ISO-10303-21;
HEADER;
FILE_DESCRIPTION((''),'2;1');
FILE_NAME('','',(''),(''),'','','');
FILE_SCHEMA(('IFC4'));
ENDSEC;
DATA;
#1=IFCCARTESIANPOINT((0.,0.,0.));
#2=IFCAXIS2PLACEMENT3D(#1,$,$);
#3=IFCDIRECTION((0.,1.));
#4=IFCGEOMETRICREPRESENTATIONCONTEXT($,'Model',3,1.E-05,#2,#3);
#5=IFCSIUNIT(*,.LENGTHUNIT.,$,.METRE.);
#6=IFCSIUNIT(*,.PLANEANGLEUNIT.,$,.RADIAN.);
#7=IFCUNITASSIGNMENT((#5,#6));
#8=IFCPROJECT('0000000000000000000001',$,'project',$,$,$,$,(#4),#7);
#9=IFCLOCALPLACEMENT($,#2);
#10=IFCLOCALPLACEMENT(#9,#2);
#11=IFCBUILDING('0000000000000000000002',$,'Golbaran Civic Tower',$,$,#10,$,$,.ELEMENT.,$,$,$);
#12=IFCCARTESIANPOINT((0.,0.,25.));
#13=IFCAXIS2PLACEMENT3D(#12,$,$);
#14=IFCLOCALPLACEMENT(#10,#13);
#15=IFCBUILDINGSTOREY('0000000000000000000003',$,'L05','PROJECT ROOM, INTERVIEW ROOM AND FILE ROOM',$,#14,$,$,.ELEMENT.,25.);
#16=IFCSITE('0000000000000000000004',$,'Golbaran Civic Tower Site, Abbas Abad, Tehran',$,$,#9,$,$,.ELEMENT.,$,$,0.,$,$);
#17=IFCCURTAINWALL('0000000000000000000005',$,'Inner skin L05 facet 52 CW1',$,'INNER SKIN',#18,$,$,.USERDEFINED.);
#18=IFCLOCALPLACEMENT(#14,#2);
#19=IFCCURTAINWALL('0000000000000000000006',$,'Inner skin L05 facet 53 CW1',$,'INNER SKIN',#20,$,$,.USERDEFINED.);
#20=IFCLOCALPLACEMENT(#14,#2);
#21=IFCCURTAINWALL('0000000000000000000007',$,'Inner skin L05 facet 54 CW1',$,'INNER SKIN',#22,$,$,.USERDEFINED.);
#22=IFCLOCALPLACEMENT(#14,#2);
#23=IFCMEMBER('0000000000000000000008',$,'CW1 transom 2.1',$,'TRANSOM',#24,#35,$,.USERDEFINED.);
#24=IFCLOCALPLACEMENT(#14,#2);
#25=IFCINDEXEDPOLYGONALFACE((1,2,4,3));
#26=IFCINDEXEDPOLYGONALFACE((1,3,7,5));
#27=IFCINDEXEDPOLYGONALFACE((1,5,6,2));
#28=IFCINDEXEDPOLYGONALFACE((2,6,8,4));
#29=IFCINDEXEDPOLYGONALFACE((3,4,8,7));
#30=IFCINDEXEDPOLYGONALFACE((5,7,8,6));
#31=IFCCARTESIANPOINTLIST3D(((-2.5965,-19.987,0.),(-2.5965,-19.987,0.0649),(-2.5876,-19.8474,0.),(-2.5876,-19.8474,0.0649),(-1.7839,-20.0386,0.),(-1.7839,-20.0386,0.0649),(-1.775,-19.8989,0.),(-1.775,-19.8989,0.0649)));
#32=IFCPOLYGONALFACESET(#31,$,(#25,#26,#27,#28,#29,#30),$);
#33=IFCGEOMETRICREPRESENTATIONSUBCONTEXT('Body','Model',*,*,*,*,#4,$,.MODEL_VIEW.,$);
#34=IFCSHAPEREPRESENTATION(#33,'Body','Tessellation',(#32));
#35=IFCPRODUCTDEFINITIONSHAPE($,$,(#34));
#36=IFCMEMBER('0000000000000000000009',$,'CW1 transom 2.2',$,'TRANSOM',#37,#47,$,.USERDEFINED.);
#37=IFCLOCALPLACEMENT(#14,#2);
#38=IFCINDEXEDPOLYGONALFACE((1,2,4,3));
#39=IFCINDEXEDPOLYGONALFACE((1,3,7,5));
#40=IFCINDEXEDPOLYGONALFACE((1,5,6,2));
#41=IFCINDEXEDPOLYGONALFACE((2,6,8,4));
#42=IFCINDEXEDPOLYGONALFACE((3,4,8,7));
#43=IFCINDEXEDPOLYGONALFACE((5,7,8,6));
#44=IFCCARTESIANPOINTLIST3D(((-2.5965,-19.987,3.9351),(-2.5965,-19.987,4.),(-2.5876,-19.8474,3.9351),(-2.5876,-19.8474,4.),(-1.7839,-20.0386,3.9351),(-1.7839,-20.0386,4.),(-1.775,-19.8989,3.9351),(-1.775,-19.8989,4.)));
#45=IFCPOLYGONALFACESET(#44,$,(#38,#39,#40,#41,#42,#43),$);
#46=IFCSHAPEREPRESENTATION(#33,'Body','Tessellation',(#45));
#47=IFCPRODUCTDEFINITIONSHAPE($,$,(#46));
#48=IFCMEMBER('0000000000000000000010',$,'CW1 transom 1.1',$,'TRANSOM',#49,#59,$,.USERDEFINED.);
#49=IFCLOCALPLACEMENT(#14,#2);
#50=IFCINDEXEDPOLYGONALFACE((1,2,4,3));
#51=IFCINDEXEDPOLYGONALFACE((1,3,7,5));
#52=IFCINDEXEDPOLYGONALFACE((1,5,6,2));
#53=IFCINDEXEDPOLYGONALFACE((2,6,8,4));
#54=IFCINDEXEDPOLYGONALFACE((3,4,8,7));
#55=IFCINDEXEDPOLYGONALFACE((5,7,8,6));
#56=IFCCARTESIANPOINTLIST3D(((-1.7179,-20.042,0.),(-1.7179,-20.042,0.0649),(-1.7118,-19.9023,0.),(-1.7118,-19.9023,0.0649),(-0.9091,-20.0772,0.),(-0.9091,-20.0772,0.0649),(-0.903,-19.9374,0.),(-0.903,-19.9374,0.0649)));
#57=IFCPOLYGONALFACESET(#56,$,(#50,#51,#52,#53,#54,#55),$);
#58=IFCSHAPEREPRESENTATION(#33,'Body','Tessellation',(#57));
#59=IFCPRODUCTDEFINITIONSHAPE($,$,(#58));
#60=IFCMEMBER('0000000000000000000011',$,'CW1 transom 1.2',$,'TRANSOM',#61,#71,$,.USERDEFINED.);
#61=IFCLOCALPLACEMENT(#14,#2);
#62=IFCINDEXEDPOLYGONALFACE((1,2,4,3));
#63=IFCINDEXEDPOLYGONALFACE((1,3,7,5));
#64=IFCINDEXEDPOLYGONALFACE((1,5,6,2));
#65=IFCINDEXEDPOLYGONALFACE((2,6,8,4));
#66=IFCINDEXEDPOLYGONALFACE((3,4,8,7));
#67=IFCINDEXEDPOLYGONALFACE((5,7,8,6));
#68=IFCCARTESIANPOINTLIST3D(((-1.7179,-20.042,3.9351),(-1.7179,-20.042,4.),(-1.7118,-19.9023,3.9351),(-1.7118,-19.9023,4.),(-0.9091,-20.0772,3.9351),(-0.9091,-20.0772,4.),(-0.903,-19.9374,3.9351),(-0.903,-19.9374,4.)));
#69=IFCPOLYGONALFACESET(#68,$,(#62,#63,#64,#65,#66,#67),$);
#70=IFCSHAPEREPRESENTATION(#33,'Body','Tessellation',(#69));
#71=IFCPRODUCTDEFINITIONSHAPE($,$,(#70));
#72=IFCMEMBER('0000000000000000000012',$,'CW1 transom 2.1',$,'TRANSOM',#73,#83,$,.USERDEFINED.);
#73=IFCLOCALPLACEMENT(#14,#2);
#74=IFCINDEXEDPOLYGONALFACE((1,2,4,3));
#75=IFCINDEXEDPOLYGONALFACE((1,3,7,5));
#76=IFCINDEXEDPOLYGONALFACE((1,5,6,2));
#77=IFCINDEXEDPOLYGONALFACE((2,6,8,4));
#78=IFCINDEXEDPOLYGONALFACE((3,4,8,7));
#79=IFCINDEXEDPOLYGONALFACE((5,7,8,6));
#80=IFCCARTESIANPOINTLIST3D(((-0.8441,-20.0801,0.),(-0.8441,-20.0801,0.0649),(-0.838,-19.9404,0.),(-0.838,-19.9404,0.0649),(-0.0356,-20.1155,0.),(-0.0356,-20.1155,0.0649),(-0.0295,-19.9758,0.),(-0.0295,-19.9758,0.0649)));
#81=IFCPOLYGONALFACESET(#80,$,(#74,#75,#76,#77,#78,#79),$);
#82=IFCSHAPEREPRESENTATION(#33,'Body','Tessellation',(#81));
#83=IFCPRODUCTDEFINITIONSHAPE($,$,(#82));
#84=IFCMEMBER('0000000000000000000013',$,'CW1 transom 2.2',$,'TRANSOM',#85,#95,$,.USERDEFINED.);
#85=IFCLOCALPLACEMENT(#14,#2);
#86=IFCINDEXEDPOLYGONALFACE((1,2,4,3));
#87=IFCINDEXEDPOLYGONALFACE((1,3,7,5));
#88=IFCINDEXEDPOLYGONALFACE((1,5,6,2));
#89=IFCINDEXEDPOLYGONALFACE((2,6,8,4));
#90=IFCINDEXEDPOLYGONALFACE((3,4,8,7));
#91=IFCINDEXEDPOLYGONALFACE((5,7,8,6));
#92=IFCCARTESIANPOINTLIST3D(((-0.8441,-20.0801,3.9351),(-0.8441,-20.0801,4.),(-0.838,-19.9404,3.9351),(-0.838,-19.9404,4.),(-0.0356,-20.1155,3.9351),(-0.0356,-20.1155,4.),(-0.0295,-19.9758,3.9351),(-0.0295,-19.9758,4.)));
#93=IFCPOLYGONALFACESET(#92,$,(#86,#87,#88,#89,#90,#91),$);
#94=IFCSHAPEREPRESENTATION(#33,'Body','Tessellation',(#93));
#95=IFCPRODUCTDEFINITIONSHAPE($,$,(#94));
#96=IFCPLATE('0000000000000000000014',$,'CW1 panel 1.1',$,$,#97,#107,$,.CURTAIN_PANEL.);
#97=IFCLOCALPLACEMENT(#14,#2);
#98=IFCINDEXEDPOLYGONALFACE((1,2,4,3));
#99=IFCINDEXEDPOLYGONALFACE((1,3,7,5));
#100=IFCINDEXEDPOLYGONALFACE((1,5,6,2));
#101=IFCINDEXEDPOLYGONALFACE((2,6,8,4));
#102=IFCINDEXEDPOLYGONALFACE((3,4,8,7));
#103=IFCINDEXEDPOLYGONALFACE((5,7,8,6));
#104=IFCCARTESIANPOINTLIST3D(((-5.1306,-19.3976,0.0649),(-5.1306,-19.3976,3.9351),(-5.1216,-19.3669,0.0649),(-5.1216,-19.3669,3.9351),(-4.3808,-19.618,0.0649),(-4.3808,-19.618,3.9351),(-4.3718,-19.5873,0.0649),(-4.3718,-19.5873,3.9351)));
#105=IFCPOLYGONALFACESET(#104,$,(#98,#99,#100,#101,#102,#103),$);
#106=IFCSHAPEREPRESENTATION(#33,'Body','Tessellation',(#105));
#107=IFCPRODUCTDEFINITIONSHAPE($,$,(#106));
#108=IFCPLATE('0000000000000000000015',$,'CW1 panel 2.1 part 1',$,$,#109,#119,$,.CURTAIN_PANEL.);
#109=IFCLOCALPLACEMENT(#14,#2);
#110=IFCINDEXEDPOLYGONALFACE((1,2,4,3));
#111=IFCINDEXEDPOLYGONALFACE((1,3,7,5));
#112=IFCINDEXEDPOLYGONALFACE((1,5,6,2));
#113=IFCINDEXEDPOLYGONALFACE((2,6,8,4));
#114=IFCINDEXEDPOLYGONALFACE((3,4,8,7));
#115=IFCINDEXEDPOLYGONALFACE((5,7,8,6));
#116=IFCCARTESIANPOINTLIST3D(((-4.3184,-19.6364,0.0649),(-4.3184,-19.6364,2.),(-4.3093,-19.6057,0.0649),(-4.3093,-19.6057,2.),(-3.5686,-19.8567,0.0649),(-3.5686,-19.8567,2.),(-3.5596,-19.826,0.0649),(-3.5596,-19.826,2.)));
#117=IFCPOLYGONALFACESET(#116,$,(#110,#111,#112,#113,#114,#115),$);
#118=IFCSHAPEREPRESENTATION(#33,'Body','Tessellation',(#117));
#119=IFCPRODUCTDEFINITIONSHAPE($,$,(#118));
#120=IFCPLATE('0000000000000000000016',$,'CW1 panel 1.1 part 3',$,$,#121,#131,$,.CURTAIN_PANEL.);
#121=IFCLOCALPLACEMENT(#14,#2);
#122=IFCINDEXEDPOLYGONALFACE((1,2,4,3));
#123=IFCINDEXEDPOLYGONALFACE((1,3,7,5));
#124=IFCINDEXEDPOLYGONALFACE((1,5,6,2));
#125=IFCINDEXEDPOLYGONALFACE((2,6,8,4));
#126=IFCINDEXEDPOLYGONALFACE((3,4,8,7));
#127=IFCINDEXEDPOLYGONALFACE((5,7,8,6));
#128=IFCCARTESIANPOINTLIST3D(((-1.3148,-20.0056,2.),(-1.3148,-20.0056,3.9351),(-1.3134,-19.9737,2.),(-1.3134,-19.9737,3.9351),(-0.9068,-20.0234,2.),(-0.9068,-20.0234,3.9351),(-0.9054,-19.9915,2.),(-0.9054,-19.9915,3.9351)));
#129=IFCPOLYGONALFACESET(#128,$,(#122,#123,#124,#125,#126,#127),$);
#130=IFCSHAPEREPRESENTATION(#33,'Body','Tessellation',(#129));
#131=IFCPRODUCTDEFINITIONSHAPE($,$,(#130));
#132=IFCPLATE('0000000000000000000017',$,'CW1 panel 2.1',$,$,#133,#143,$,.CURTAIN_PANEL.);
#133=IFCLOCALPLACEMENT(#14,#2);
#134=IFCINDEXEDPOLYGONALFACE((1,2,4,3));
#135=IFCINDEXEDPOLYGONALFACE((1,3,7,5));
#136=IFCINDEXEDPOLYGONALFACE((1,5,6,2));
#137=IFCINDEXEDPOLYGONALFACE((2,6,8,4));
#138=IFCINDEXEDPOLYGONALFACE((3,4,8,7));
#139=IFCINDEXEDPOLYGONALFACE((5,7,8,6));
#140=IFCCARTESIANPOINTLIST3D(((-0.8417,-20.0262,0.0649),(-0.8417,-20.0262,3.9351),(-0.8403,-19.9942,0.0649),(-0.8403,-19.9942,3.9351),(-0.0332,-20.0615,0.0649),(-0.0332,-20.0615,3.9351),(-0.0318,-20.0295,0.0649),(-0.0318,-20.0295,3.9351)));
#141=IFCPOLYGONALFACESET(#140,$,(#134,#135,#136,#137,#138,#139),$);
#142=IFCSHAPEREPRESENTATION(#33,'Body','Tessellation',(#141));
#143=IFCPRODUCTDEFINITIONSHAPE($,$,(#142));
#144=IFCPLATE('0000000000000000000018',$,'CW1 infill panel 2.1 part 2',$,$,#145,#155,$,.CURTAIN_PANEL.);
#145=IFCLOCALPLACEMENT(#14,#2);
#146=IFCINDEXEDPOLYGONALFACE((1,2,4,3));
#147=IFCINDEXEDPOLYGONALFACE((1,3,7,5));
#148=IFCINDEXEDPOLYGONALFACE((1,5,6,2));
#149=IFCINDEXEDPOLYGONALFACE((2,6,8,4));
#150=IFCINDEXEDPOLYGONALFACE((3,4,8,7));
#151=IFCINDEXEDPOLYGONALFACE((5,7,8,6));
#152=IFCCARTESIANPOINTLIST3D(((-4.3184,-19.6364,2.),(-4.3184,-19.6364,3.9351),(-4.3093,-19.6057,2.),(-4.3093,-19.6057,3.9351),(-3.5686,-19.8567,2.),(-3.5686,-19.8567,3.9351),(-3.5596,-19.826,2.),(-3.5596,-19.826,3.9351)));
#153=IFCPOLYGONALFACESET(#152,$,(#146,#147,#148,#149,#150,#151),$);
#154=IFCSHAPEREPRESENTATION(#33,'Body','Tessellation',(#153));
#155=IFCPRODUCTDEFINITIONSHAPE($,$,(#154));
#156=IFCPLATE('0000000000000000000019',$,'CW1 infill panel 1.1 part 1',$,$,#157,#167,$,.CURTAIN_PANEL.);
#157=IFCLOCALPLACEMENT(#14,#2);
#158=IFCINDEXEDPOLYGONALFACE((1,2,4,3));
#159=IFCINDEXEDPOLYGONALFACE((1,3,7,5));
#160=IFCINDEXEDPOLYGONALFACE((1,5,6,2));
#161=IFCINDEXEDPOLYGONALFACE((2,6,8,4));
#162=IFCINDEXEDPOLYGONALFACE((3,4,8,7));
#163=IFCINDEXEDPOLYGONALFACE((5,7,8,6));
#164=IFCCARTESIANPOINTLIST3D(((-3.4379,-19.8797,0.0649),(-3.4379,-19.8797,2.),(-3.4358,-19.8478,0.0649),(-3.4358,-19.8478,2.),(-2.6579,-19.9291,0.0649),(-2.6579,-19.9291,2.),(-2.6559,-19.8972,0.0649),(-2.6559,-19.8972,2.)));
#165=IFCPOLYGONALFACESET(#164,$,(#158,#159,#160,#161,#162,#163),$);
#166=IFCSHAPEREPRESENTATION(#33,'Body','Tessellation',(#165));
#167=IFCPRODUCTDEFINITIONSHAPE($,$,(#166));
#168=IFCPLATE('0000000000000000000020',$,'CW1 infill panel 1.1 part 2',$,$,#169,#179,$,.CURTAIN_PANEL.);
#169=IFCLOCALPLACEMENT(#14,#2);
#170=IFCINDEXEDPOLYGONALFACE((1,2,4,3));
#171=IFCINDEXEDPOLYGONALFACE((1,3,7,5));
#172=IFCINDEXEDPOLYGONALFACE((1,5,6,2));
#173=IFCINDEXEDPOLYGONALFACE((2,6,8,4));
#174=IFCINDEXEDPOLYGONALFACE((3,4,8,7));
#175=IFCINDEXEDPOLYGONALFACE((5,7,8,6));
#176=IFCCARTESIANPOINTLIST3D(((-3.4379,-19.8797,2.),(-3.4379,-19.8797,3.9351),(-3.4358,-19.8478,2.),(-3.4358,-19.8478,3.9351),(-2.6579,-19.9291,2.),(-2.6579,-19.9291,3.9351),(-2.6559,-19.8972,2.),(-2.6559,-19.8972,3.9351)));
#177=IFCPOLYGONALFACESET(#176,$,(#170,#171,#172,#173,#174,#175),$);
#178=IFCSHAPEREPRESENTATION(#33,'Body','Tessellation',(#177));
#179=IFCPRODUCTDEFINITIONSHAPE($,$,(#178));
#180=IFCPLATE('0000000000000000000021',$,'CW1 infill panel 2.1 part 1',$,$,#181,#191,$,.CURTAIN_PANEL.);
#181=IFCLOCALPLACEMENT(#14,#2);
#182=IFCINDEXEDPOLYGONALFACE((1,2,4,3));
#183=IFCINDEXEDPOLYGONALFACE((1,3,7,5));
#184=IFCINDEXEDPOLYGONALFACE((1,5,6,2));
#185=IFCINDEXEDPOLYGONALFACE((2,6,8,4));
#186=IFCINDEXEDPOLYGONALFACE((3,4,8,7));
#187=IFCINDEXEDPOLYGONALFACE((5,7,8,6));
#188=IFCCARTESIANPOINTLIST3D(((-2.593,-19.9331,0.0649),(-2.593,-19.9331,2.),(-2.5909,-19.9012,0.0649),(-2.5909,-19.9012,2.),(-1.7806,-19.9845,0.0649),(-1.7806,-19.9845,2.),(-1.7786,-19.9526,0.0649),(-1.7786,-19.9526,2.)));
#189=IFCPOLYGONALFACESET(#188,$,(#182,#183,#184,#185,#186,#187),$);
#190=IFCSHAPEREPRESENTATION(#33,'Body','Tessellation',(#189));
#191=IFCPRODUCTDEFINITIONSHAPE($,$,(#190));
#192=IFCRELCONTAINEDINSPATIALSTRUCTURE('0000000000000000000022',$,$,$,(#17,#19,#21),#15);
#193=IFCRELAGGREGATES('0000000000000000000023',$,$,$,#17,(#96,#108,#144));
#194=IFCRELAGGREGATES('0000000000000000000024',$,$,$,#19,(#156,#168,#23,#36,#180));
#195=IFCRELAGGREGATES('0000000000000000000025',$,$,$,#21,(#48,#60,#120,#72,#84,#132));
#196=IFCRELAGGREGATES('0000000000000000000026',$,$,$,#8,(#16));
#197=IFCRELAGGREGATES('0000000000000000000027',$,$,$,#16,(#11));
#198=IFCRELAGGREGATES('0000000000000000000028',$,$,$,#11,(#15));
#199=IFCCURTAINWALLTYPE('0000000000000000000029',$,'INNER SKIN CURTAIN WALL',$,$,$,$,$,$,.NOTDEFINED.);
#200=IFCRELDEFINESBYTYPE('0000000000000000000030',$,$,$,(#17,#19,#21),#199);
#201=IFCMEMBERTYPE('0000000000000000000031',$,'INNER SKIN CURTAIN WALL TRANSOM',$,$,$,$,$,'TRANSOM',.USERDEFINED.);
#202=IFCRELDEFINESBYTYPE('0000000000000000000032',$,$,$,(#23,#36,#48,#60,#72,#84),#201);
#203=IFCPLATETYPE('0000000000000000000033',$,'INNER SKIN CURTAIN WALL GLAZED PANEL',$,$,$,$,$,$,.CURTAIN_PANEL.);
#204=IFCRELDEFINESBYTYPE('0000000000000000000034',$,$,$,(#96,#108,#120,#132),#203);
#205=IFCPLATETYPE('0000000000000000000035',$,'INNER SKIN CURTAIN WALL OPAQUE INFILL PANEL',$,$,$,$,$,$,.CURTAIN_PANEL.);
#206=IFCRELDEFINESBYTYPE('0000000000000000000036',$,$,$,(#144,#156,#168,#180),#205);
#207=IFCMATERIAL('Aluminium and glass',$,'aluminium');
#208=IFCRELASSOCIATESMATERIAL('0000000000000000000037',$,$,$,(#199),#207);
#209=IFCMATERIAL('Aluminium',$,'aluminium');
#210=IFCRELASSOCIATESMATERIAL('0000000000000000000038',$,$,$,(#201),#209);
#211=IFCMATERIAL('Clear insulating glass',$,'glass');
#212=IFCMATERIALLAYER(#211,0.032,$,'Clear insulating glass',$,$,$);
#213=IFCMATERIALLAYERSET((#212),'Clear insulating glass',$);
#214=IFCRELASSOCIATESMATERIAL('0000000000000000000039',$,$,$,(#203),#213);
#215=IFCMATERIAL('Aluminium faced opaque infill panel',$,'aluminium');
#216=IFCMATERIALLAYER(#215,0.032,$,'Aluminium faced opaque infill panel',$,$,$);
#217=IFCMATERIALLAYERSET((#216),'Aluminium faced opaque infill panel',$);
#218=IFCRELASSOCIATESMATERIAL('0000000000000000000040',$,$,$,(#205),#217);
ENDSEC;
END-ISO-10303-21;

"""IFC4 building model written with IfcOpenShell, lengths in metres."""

from ifc_helpers import new_model, si_unit, direction, frame, origin, origin_2d, place, context, subcontext, project, spatial, rectangle, extrude, material, layer, layer_set, material_profile, profile_set, type_object, element, aggregate, save


model = new_model("IFC4")

# Units and contexts
model_context = context("Model", 3, precision=1e-05, world=origin(), true_north=direction((0.0, 1.0)))
body_context = subcontext(model_context, "Body", "Model", "MODEL_VIEW")
ifc_project = project(units=[si_unit("LENGTHUNIT", "METRE"), si_unit("PLANEANGLEUNIT", "RADIAN")], contexts=[model_context])

# Site, building, storey
site_placement = place(None, origin())
site = spatial("IfcSite", under=ifc_project, at=site_placement, Name="Golbaran Civic Tower Site, Abbas Abad, Tehran", CompositionType="ELEMENT", RefElevation=0.0)
building_placement = place(site_placement, origin())
building = spatial("IfcBuilding", under=site, at=building_placement, Name="Golbaran Civic Tower", CompositionType="ELEMENT")
storey_placement = place(building_placement, frame((0.0, 0.0, 25.0)))
storey = spatial("IfcBuildingStorey", under=building, at=storey_placement, Name="L05", Description="PROJECT ROOM, INTERVIEW ROOM AND FILE ROOM", CompositionType="ELEMENT", Elevation=25.0)

# Curtain walls
ifc_material_1 = material(Name="Aluminium and glass", Category="aluminium")
curtain_wall_type = type_object("IfcCurtainWallType", Name="INNER SKIN CURTAIN WALL", PredefinedType="NOTDEFINED", material=ifc_material_1)
curtain_wall_1_placement = place(storey_placement, origin())
curtain_wall_1 = element("IfcCurtainWall", 1, at=curtain_wall_1_placement, inside=storey, type_object=curtain_wall_type, Name="Inner skin L05 facet 52 CW1", ObjectType="INNER SKIN", PredefinedType="USERDEFINED")
ifc_material_2 = material(Name="Aluminium", Category="aluminium")
curtain_wall_2_placement = place(storey_placement, origin())
curtain_wall_2 = element("IfcCurtainWall", 2, at=curtain_wall_2_placement, inside=storey, type_object=curtain_wall_type, Name="Inner skin L05 facet 53 CW1", ObjectType="INNER SKIN", PredefinedType="USERDEFINED")
curtain_wall_3_placement = place(storey_placement, origin())
curtain_wall_3 = element("IfcCurtainWall", 3, at=curtain_wall_3_placement, inside=storey, type_object=curtain_wall_type, Name="Inner skin L05 facet 54 CW1", ObjectType="INNER SKIN", PredefinedType="USERDEFINED")

# Members
ifc_material_profile_1 = material_profile(ifc_material_2, rectangle(XDim=0.1399, YDim=0.0649, at=origin_2d()), Name="INNER SKIN CURTAIN WALL TRANSOM")
ifc_profile_set_1 = profile_set([ifc_material_profile_1], Name="Aluminium")
member_type_1 = type_object("IfcMemberType", Name="INNER SKIN CURTAIN WALL TRANSOM", ElementType="TRANSOM", PredefinedType="USERDEFINED", material=ifc_profile_set_1)
member_1_placement = place(storey_placement, frame((-2.592, -19.9172, 0.0325), z_axis=(0.997996, -0.063274, 0.0), x_axis=(0.063274, 0.997996, 0.0)))
member_1 = element("IfcMember", 4, at=member_1_placement, type_object=member_type_1, Name="CW1 transom 2.1", ObjectType="TRANSOM", PredefinedType="USERDEFINED", context=body_context, shape_type="SweptSolid", body=[
    extrude(rectangle(XDim=0.1399, YDim=0.0649, at=origin_2d()), origin(), (0.0, 0.0, 1.0), 0.8142),
])
member_2_placement = place(storey_placement, frame((-2.592, -19.9172, 3.9675), z_axis=(0.997996, -0.063274, 0.0), x_axis=(0.063274, 0.997996, 0.0)))
member_2 = element("IfcMember", 5, at=member_2_placement, type_object=member_type_1, Name="CW1 transom 2.2", ObjectType="TRANSOM", PredefinedType="USERDEFINED", context=body_context, shape_type="SweptSolid", body=[
    extrude(rectangle(XDim=0.1399, YDim=0.0649, at=origin_2d()), origin(), (0.0, 0.0, 1.0), 0.8142),
])
member_3_placement = place(storey_placement, frame((-1.7148, -19.9722, 0.0325), z_axis=(0.999057, -0.043424, 0.0), x_axis=(0.043424, 0.999057, 0.0)))
member_3 = element("IfcMember", 6, at=member_3_placement, type_object=member_type_1, Name="CW1 transom 1.1", ObjectType="TRANSOM", PredefinedType="USERDEFINED", context=body_context, shape_type="SweptSolid", body=[
    extrude(rectangle(XDim=0.1399, YDim=0.0649, at=origin_2d()), origin(), (0.0, 0.0, 1.0), 0.8096),
])
member_4_placement = place(storey_placement, frame((-1.7148, -19.9722, 3.9675), z_axis=(0.999057, -0.043424, 0.0), x_axis=(0.043424, 0.999057, 0.0)))
member_4 = element("IfcMember", 7, at=member_4_placement, type_object=member_type_1, Name="CW1 transom 1.2", ObjectType="TRANSOM", PredefinedType="USERDEFINED", context=body_context, shape_type="SweptSolid", body=[
    extrude(rectangle(XDim=0.1399, YDim=0.0649, at=origin_2d()), origin(), (0.0, 0.0, 1.0), 0.8096),
])
member_5_placement = place(storey_placement, frame((-0.8411, -20.0103, 0.0325), z_axis=(0.999043, -0.043738, 0.0), x_axis=(0.043738, 0.999043, 0.0)))
member_5 = element("IfcMember", 8, at=member_5_placement, type_object=member_type_1, Name="CW1 transom 2.1", ObjectType="TRANSOM", PredefinedType="USERDEFINED", context=body_context, shape_type="SweptSolid", body=[
    extrude(rectangle(XDim=0.1399, YDim=0.0649, at=origin_2d()), origin(), (0.0, 0.0, 1.0), 0.8093),
])
member_6_placement = place(storey_placement, frame((-0.8411, -20.0103, 3.9675), z_axis=(0.999043, -0.043738, 0.0), x_axis=(0.043738, 0.999043, 0.0)))
member_6 = element("IfcMember", 9, at=member_6_placement, type_object=member_type_1, Name="CW1 transom 2.2", ObjectType="TRANSOM", PredefinedType="USERDEFINED", context=body_context, shape_type="SweptSolid", body=[
    extrude(rectangle(XDim=0.1399, YDim=0.0649, at=origin_2d()), origin(), (0.0, 0.0, 1.0), 0.8093),
])

# Plates
ifc_material_3 = material(Name="Clear insulating glass", Category="glass")
ifc_layer_1 = layer(ifc_material_3, 0.032, Name="Clear insulating glass")
ifc_layer_set_1 = layer_set([ifc_layer_1], Name="Clear insulating glass")
plate_type_1 = type_object("IfcPlateType", Name="INNER SKIN CURTAIN WALL GLAZED PANEL", PredefinedType="CURTAIN_PANEL", material=ifc_layer_set_1)
plate_1_placement = place(storey_placement, frame((-4.7512, -19.4924, 0.0649), z_axis=(0.0, 0.0, 1.0), x_axis=(0.959425, -0.281964, 0.0)))
plate_1 = element("IfcPlate", 10, at=plate_1_placement, type_object=plate_type_1, Name="CW1 panel 1.1", PredefinedType="CURTAIN_PANEL", context=body_context, shape_type="SweptSolid", body=[
    extrude(rectangle(XDim=0.7815, YDim=0.032, at=origin_2d()), origin(), (0.0, 0.0, 1.0), 3.8701),
])
plate_2_placement = place(storey_placement, frame((-3.939, -19.7312, 0.0649), z_axis=(0.0, 0.0, 1.0), x_axis=(0.959425, -0.281964, 0.0)))
plate_2 = element("IfcPlate", 11, at=plate_2_placement, type_object=plate_type_1, Name="CW1 panel 2.1 part 1", PredefinedType="CURTAIN_PANEL", context=body_context, shape_type="SweptSolid", body=[
    extrude(rectangle(XDim=0.7815, YDim=0.032, at=origin_2d()), origin(), (0.0, 0.0, 1.0), 1.9351),
])
plate_3_placement = place(storey_placement, frame((-1.1101, -19.9985, 2.0), z_axis=(0.0, 0.0, 1.0), x_axis=(0.999048, -0.043619, 0.0)))
plate_3 = element("IfcPlate", 12, at=plate_3_placement, type_object=plate_type_1, Name="CW1 panel 1.1 part 3", PredefinedType="CURTAIN_PANEL", context=body_context, shape_type="SweptSolid", body=[
    extrude(rectangle(XDim=0.4084, YDim=0.032, at=origin_2d()), origin(), (0.0, 0.0, 1.0), 1.9351),
])
plate_4_placement = place(storey_placement, frame((-0.4368, -20.0278, 0.0649), z_axis=(0.0, 0.0, 1.0), x_axis=(0.999048, -0.043619, 0.0)))
plate_4 = element("IfcPlate", 13, at=plate_4_placement, type_object=plate_type_1, Name="CW1 panel 2.1", PredefinedType="CURTAIN_PANEL", context=body_context, shape_type="SweptSolid", body=[
    extrude(rectangle(XDim=0.8093, YDim=0.032, at=origin_2d()), origin(), (0.0, 0.0, 1.0), 3.8701),
])
ifc_material_4 = material(Name="Aluminium faced opaque infill panel", Category="aluminium")
ifc_layer_2 = layer(ifc_material_4, 0.032, Name="Aluminium faced opaque infill panel")
ifc_layer_set_2 = layer_set([ifc_layer_2], Name="Aluminium faced opaque infill panel")
plate_type_2 = type_object("IfcPlateType", Name="INNER SKIN CURTAIN WALL OPAQUE INFILL PANEL", PredefinedType="CURTAIN_PANEL", material=ifc_layer_set_2)
plate_5_placement = place(storey_placement, frame((-3.939, -19.7312, 2.0), z_axis=(0.0, 0.0, 1.0), x_axis=(0.959425, -0.281964, 0.0)))
plate_5 = element("IfcPlate", 14, at=plate_5_placement, type_object=plate_type_2, Name="CW1 infill panel 2.1 part 2", PredefinedType="CURTAIN_PANEL", context=body_context, shape_type="SweptSolid", body=[
    extrude(rectangle(XDim=0.7815, YDim=0.032, at=origin_2d()), origin(), (0.0, 0.0, 1.0), 1.9351),
])
aggregate(curtain_wall_1, [plate_1, plate_2, plate_5])
plate_6_placement = place(storey_placement, frame((-3.0469, -19.8884, 0.0649), z_axis=(0.0, 0.0, 1.0), x_axis=(0.998002, -0.063183, 0.0)))
plate_6 = element("IfcPlate", 15, at=plate_6_placement, type_object=plate_type_2, Name="CW1 infill panel 1.1 part 1", PredefinedType="CURTAIN_PANEL", context=body_context, shape_type="SweptSolid", body=[
    extrude(rectangle(XDim=0.7815, YDim=0.032, at=origin_2d()), origin(), (0.0, 0.0, 1.0), 1.9351),
])
plate_7_placement = place(storey_placement, frame((-3.0469, -19.8884, 2.0), z_axis=(0.0, 0.0, 1.0), x_axis=(0.998002, -0.063183, 0.0)))
plate_7 = element("IfcPlate", 16, at=plate_7_placement, type_object=plate_type_2, Name="CW1 infill panel 1.1 part 2", PredefinedType="CURTAIN_PANEL", context=body_context, shape_type="SweptSolid", body=[
    extrude(rectangle(XDim=0.7815, YDim=0.032, at=origin_2d()), origin(), (0.0, 0.0, 1.0), 1.9351),
])
plate_8_placement = place(storey_placement, frame((-2.1858, -19.9429, 0.0649), z_axis=(0.0, 0.0, 1.0), x_axis=(0.998002, -0.063183, 0.0)))
plate_8 = element("IfcPlate", 17, at=plate_8_placement, type_object=plate_type_2, Name="CW1 infill panel 2.1 part 1", PredefinedType="CURTAIN_PANEL", context=body_context, shape_type="SweptSolid", body=[
    extrude(rectangle(XDim=0.814, YDim=0.032, at=origin_2d()), origin(), (0.0, 0.0, 1.0), 1.9351),
])
aggregate(curtain_wall_2, [plate_6, plate_7, member_1, member_2, plate_8])
aggregate(curtain_wall_3, [member_3, member_4, plate_3, member_5, member_6, plate_4])

save(model, "model.ifc")
